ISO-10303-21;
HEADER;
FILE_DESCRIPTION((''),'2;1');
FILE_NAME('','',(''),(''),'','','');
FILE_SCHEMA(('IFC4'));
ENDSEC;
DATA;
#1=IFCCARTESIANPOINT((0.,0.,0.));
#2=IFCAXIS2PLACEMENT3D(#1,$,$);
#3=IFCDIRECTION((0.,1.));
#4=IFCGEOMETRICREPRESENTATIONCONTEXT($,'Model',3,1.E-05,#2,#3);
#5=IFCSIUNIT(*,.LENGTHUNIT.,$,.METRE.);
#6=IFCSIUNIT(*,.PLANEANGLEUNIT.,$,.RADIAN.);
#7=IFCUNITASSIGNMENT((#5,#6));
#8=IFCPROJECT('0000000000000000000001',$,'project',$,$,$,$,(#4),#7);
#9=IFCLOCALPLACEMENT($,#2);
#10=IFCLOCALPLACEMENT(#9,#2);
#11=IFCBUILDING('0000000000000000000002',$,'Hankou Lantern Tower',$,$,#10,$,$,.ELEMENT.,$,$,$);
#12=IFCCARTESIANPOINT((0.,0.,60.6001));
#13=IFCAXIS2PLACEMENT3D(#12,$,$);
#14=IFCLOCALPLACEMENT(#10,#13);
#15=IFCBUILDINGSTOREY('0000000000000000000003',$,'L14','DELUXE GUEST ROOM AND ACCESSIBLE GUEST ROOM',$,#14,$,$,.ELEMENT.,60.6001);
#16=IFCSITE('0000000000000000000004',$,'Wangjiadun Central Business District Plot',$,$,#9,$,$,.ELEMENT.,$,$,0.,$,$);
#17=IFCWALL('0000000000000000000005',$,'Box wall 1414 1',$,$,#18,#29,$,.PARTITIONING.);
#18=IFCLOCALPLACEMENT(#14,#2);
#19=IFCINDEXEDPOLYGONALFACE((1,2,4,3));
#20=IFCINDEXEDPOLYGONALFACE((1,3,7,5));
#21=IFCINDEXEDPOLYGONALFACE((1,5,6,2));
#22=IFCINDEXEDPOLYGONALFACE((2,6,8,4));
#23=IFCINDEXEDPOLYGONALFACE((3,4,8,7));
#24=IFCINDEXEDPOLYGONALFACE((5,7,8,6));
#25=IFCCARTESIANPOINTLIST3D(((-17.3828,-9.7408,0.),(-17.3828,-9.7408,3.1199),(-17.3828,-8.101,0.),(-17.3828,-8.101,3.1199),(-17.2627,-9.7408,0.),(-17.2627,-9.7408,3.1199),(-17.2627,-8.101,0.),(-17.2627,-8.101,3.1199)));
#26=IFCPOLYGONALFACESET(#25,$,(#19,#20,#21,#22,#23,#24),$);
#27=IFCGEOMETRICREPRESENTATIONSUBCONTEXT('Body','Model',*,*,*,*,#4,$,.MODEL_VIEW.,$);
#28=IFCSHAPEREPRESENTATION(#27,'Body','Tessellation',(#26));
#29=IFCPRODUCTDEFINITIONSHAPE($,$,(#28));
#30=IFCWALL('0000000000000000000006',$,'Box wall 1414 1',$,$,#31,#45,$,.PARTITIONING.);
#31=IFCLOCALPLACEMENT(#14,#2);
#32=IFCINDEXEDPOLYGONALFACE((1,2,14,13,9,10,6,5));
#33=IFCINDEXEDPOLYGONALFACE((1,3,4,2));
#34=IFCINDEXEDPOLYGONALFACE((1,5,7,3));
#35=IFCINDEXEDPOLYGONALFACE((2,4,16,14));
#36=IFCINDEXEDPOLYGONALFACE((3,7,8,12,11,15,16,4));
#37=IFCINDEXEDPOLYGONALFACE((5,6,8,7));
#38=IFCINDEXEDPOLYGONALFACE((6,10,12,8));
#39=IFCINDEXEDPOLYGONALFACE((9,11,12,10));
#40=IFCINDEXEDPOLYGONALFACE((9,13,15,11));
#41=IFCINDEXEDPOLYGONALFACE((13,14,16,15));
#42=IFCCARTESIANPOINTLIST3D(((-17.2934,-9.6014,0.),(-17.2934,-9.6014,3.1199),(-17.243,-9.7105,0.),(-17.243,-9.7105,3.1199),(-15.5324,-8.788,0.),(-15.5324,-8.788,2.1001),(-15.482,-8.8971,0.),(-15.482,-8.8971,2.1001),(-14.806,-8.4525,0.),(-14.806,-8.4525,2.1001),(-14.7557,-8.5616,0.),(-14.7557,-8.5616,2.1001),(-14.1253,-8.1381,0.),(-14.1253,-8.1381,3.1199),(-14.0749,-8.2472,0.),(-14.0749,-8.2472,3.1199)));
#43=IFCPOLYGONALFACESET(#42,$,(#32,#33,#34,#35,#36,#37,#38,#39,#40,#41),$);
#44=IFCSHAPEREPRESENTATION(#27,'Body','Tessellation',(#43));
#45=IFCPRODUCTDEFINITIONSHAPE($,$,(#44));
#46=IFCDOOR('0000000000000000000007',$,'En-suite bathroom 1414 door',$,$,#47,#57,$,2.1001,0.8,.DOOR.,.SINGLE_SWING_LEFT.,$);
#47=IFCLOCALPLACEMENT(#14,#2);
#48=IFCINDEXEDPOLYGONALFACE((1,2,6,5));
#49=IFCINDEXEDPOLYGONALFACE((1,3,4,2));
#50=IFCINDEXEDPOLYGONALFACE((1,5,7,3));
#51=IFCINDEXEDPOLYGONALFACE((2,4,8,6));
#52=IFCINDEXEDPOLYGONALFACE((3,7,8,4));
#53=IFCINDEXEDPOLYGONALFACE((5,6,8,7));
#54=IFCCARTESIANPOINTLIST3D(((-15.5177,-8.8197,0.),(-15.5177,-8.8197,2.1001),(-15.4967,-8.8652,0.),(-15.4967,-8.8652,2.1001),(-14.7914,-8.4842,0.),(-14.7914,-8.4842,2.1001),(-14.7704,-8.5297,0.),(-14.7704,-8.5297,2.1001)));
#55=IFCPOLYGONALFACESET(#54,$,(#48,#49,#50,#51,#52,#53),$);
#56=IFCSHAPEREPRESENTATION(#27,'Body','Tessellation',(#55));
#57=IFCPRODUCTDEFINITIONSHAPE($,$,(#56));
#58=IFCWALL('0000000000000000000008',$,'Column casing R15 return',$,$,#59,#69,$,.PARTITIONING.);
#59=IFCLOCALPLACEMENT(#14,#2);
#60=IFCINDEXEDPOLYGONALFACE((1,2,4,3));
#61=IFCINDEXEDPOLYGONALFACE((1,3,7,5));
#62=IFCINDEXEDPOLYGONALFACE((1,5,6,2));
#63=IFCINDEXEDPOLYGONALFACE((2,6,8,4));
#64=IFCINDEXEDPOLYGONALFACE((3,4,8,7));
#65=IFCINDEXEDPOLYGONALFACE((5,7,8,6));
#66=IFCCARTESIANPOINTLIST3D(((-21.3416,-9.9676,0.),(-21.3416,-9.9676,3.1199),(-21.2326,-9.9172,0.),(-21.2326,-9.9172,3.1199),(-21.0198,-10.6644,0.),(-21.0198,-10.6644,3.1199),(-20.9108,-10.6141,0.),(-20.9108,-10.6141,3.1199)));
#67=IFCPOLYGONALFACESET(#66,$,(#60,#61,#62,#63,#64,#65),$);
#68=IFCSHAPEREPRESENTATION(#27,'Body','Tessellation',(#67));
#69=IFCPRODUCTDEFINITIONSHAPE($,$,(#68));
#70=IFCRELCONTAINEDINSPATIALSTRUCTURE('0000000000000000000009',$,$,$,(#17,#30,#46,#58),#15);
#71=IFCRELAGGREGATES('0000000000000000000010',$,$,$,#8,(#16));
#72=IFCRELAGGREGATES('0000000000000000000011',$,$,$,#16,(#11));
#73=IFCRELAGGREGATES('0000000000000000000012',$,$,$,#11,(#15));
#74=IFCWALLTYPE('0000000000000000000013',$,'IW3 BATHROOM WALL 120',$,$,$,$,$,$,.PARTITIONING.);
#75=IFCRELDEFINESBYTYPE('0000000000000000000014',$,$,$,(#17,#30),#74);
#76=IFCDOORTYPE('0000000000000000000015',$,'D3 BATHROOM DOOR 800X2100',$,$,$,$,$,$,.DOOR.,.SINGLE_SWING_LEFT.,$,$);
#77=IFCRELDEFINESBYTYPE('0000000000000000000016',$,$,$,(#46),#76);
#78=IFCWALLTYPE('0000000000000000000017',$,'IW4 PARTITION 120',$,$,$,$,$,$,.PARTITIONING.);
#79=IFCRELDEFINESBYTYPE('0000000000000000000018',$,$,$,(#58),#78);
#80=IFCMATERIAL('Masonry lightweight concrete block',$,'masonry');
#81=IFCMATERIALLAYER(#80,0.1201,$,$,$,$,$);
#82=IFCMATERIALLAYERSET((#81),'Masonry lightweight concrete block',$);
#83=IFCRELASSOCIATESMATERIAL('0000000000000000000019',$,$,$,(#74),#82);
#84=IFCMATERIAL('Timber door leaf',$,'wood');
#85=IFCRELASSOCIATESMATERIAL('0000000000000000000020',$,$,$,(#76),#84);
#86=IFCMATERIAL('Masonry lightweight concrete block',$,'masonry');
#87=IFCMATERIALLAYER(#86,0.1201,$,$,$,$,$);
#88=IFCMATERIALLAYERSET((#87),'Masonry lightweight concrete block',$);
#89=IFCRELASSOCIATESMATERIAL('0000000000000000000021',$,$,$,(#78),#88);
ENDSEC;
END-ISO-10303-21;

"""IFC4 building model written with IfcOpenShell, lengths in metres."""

from ifc_helpers import new_model, si_unit, direction, frame, frame_2d, origin, place, context, subcontext, project, spatial, rectangle, extrude, material, layer, layer_set, type_object, element, fill, save


model = new_model("IFC4")

# Units and contexts
model_context = context("Model", 3, precision=1e-05, world=origin(), true_north=direction((0.0, 1.0)))
body_context = subcontext(model_context, "Body", "Model", "MODEL_VIEW")
ifc_project = project(units=[si_unit("LENGTHUNIT", "METRE"), si_unit("PLANEANGLEUNIT", "RADIAN")], contexts=[model_context])

# Site, building, storey
site_placement = place(None, origin())
site = spatial("IfcSite", under=ifc_project, at=site_placement, Name="Wangjiadun Central Business District Plot", CompositionType="ELEMENT", RefElevation=0.0)
building_placement = place(site_placement, origin())
building = spatial("IfcBuilding", under=site, at=building_placement, Name="Hankou Lantern Tower", CompositionType="ELEMENT")
storey_placement = place(building_placement, frame((0.0, 0.0, 60.6001)))
storey = spatial("IfcBuildingStorey", under=building, at=storey_placement, Name="L14", Description="DELUXE GUEST ROOM AND ACCESSIBLE GUEST ROOM", CompositionType="ELEMENT", Elevation=60.6001)

# Shared definitions
ifc_material_1 = material(Name="Masonry lightweight concrete block", Category="masonry")
ifc_layer_1 = layer(ifc_material_1, 0.1201)
ifc_layer_set_1 = layer_set([ifc_layer_1], Name="Masonry lightweight concrete block")
wall_type_1 = type_object("IfcWallType", Name="IW3 BATHROOM WALL 120", PredefinedType="PARTITIONING", material=ifc_layer_set_1)

# Wall
wall_1_placement = place(storey_placement, frame((-17.3228, -8.1011, 0.0), z_axis=(0.0, 0.0, 1.0), x_axis=(0.0, -1.0, 0.0)))
element("IfcWall", 1, at=wall_1_placement, inside=storey, type_object=wall_type_1, Name="Box wall 1414 1", PredefinedType="PARTITIONING", context=body_context, shape_type="SweptSolid", body=[
    extrude(rectangle(XDim=1.6399, YDim=0.1201, at=frame_2d((0.8198, 0.0))), origin(), (0.0, 0.0, 1.0), 3.1199),
])

# Wall, opening, door
wall_2_placement = place(storey_placement, frame((-14.1001, -8.1926, 0.0), z_axis=(0.0, 0.0, 1.0), x_axis=(-0.907836, -0.419324, 0.0)))
wall_2 = element("IfcWall", 2, at=wall_2_placement, inside=storey, type_object=wall_type_1, Name="Box wall 1414 1", PredefinedType="PARTITIONING", context=body_context, shape_type="SweptSolid", body=[
    extrude(rectangle(XDim=3.4897, YDim=0.1201, at=frame_2d((1.7449, 0.0))), origin(), (0.0, 0.0, 1.0), 3.1199),
])
opening_1_placement = place(wall_2_placement, frame((0.75, 0.0, 0.0)))
opening_1 = element("IfcOpeningElement", 3, at=opening_1_placement, cuts=wall_2, PredefinedType="OPENING", context=body_context, shape_type="SweptSolid", body=[
    extrude(rectangle(XDim=0.8, YDim=2.1001, at=frame_2d((0.3999, 1.05))), frame((0.0, 0.0701, 0.0), z_axis=(0.0, -1.0, 0.0), x_axis=(1.0, 0.0, 0.0)), (0.0, 0.0, 1.0), 0.1401),
])
ifc_material_2 = material(Name="Timber door leaf", Category="wood")
door_type_1 = type_object("IfcDoorType", Name="D3 BATHROOM DOOR 800X2100", OperationType="SINGLE_SWING_LEFT", PredefinedType="DOOR", material=ifc_material_2)
door_1_placement = place(opening_1_placement, origin())
door_1 = element("IfcDoor", 4, at=door_1_placement, inside=storey, type_object=door_type_1, Name="En-suite bathroom 1414 door", OperationType="SINGLE_SWING_LEFT", OverallHeight=2.1001, OverallWidth=0.8, PredefinedType="DOOR", context=body_context, shape_type="SweptSolid", body=[
    extrude(rectangle(XDim=0.8, YDim=2.1001, at=frame_2d((0.3999, 1.05))), frame((0.0, 0.0249, 0.0), z_axis=(0.0, -1.0, 0.0), x_axis=(1.0, 0.0, 0.0)), (0.0, 0.0, 1.0), 0.05),
])
fill(opening_1, door_1)

# Wall
ifc_material_3 = material(Name="Masonry lightweight concrete block", Category="masonry")
ifc_layer_2 = layer(ifc_material_3, 0.1201)
ifc_layer_set_2 = layer_set([ifc_layer_2], Name="Masonry lightweight concrete block")
wall_type_2 = type_object("IfcWallType", Name="IW4 PARTITION 120", PredefinedType="PARTITIONING", material=ifc_layer_set_2)
wall_3_placement = place(storey_placement, frame((-21.2871, -9.9424, 0.0), z_axis=(0.0, 0.0, 1.0), x_axis=(0.41926, -0.907866, 0.0)))
element("IfcWall", 5, at=wall_3_placement, inside=storey, type_object=wall_type_2, Name="Column casing R15 return", PredefinedType="PARTITIONING", context=body_context, shape_type="SweptSolid", body=[
    extrude(rectangle(XDim=0.7676, YDim=0.1201, at=frame_2d((0.3838, 0.0))), origin(), (0.0, 0.0, 1.0), 3.1199),
])

save(model, "model.ifc")
